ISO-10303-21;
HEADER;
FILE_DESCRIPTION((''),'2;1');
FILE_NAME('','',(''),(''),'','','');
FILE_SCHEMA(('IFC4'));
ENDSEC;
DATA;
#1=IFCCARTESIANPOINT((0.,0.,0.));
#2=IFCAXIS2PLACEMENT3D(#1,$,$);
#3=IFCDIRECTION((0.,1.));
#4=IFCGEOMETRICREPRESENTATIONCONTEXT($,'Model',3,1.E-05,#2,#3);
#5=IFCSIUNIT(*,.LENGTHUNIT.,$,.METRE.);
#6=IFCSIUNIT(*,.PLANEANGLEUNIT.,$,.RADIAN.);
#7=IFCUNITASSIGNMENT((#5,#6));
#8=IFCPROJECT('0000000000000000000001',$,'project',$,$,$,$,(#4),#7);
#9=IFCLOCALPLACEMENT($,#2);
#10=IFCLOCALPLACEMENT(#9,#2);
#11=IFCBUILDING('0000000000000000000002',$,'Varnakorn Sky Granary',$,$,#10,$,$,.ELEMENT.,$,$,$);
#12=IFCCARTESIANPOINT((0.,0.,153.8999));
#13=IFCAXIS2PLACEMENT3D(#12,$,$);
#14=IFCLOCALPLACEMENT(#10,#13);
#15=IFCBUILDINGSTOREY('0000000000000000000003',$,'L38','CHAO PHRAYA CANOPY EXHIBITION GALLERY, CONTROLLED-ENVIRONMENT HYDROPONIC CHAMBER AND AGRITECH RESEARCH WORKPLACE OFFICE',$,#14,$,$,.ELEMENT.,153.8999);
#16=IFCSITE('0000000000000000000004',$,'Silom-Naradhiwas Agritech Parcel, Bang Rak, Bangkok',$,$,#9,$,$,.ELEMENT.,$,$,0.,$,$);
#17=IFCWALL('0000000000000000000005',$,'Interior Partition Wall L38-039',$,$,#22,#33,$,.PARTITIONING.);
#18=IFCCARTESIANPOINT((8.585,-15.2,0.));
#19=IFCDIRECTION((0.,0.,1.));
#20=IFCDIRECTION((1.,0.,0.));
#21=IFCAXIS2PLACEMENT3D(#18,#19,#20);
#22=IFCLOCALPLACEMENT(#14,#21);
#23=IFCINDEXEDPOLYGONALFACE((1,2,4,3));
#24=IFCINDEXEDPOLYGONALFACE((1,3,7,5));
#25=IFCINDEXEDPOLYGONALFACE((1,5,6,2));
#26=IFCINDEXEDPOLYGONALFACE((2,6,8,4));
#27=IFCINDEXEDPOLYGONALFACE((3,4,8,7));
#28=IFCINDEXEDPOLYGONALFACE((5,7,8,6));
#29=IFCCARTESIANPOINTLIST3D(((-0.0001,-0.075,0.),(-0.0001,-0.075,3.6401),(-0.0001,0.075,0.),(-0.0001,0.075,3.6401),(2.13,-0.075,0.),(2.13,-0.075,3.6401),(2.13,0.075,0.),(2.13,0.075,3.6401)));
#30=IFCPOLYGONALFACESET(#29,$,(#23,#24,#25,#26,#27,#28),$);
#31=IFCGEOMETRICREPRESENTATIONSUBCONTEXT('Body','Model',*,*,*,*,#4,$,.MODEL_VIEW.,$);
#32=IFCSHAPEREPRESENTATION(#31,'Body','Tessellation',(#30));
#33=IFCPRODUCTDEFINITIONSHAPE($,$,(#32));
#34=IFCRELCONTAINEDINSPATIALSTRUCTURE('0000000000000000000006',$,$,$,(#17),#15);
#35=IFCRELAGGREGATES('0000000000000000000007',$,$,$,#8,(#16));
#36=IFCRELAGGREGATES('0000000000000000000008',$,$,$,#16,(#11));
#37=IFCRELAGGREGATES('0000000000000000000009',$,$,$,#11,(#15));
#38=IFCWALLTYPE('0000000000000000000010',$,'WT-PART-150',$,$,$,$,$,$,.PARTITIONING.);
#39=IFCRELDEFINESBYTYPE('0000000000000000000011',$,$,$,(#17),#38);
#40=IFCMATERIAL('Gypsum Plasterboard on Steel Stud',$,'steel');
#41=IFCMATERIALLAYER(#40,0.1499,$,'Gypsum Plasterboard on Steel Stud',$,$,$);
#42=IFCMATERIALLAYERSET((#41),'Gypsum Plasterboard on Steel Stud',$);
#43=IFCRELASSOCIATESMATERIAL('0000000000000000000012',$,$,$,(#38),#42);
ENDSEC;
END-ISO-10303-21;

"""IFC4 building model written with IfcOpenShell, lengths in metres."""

from ifc_helpers import new_model, si_unit, direction, frame, frame_2d, origin, place, context, subcontext, project, spatial, rectangle, extrude, material, layer, layer_set, type_object, element, save


model = new_model("IFC4")

# Units and contexts
model_context = context("Model", 3, precision=1e-05, world=origin(), true_north=direction((0.0, 1.0)))
body_context = subcontext(model_context, "Body", "Model", "MODEL_VIEW")
ifc_project = project(units=[si_unit("LENGTHUNIT", "METRE"), si_unit("PLANEANGLEUNIT", "RADIAN")], contexts=[model_context])

# Site, building, storey
site_placement = place(None, origin())
site = spatial("IfcSite", under=ifc_project, at=site_placement, Name="Silom-Naradhiwas Agritech Parcel, Bang Rak, Bangkok", CompositionType="ELEMENT", RefElevation=0.0)
building_placement = place(site_placement, origin())
building = spatial("IfcBuilding", under=site, at=building_placement, Name="Varnakorn Sky Granary", CompositionType="ELEMENT")
storey_placement = place(building_placement, frame((0.0, 0.0, 153.8999)))
storey = spatial("IfcBuildingStorey", under=building, at=storey_placement, Name="L38", Description="CHAO PHRAYA CANOPY EXHIBITION GALLERY, CONTROLLED-ENVIRONMENT HYDROPONIC CHAMBER AND AGRITECH RESEARCH WORKPLACE OFFICE", CompositionType="ELEMENT", Elevation=153.8999)

# Shared definitions
ifc_material_1 = material(Name="Gypsum Plasterboard on Steel Stud", Category="steel")
ifc_layer_1 = layer(ifc_material_1, 0.1499, Name="Gypsum Plasterboard on Steel Stud")
ifc_layer_set_1 = layer_set([ifc_layer_1], Name="Gypsum Plasterboard on Steel Stud")
wall_type = type_object("IfcWallType", Name="WT-PART-150", PredefinedType="PARTITIONING", material=ifc_layer_set_1)

# Wall
wall_1_placement = place(storey_placement, frame((8.585, -15.2, 0.0), z_axis=(0.0, 0.0, 1.0), x_axis=(1.0, 0.0, 0.0)))
element("IfcWall", 1, at=wall_1_placement, inside=storey, type_object=wall_type, Name="Interior Partition Wall L38-039", PredefinedType="PARTITIONING", context=body_context, shape_type="SweptSolid", body=[
    extrude(rectangle(XDim=2.1301, YDim=0.1499, at=frame_2d((1.0649, 0.0))), origin(), (0.0, 0.0, 1.0), 3.6401),
])

save(model, "model.ifc")
